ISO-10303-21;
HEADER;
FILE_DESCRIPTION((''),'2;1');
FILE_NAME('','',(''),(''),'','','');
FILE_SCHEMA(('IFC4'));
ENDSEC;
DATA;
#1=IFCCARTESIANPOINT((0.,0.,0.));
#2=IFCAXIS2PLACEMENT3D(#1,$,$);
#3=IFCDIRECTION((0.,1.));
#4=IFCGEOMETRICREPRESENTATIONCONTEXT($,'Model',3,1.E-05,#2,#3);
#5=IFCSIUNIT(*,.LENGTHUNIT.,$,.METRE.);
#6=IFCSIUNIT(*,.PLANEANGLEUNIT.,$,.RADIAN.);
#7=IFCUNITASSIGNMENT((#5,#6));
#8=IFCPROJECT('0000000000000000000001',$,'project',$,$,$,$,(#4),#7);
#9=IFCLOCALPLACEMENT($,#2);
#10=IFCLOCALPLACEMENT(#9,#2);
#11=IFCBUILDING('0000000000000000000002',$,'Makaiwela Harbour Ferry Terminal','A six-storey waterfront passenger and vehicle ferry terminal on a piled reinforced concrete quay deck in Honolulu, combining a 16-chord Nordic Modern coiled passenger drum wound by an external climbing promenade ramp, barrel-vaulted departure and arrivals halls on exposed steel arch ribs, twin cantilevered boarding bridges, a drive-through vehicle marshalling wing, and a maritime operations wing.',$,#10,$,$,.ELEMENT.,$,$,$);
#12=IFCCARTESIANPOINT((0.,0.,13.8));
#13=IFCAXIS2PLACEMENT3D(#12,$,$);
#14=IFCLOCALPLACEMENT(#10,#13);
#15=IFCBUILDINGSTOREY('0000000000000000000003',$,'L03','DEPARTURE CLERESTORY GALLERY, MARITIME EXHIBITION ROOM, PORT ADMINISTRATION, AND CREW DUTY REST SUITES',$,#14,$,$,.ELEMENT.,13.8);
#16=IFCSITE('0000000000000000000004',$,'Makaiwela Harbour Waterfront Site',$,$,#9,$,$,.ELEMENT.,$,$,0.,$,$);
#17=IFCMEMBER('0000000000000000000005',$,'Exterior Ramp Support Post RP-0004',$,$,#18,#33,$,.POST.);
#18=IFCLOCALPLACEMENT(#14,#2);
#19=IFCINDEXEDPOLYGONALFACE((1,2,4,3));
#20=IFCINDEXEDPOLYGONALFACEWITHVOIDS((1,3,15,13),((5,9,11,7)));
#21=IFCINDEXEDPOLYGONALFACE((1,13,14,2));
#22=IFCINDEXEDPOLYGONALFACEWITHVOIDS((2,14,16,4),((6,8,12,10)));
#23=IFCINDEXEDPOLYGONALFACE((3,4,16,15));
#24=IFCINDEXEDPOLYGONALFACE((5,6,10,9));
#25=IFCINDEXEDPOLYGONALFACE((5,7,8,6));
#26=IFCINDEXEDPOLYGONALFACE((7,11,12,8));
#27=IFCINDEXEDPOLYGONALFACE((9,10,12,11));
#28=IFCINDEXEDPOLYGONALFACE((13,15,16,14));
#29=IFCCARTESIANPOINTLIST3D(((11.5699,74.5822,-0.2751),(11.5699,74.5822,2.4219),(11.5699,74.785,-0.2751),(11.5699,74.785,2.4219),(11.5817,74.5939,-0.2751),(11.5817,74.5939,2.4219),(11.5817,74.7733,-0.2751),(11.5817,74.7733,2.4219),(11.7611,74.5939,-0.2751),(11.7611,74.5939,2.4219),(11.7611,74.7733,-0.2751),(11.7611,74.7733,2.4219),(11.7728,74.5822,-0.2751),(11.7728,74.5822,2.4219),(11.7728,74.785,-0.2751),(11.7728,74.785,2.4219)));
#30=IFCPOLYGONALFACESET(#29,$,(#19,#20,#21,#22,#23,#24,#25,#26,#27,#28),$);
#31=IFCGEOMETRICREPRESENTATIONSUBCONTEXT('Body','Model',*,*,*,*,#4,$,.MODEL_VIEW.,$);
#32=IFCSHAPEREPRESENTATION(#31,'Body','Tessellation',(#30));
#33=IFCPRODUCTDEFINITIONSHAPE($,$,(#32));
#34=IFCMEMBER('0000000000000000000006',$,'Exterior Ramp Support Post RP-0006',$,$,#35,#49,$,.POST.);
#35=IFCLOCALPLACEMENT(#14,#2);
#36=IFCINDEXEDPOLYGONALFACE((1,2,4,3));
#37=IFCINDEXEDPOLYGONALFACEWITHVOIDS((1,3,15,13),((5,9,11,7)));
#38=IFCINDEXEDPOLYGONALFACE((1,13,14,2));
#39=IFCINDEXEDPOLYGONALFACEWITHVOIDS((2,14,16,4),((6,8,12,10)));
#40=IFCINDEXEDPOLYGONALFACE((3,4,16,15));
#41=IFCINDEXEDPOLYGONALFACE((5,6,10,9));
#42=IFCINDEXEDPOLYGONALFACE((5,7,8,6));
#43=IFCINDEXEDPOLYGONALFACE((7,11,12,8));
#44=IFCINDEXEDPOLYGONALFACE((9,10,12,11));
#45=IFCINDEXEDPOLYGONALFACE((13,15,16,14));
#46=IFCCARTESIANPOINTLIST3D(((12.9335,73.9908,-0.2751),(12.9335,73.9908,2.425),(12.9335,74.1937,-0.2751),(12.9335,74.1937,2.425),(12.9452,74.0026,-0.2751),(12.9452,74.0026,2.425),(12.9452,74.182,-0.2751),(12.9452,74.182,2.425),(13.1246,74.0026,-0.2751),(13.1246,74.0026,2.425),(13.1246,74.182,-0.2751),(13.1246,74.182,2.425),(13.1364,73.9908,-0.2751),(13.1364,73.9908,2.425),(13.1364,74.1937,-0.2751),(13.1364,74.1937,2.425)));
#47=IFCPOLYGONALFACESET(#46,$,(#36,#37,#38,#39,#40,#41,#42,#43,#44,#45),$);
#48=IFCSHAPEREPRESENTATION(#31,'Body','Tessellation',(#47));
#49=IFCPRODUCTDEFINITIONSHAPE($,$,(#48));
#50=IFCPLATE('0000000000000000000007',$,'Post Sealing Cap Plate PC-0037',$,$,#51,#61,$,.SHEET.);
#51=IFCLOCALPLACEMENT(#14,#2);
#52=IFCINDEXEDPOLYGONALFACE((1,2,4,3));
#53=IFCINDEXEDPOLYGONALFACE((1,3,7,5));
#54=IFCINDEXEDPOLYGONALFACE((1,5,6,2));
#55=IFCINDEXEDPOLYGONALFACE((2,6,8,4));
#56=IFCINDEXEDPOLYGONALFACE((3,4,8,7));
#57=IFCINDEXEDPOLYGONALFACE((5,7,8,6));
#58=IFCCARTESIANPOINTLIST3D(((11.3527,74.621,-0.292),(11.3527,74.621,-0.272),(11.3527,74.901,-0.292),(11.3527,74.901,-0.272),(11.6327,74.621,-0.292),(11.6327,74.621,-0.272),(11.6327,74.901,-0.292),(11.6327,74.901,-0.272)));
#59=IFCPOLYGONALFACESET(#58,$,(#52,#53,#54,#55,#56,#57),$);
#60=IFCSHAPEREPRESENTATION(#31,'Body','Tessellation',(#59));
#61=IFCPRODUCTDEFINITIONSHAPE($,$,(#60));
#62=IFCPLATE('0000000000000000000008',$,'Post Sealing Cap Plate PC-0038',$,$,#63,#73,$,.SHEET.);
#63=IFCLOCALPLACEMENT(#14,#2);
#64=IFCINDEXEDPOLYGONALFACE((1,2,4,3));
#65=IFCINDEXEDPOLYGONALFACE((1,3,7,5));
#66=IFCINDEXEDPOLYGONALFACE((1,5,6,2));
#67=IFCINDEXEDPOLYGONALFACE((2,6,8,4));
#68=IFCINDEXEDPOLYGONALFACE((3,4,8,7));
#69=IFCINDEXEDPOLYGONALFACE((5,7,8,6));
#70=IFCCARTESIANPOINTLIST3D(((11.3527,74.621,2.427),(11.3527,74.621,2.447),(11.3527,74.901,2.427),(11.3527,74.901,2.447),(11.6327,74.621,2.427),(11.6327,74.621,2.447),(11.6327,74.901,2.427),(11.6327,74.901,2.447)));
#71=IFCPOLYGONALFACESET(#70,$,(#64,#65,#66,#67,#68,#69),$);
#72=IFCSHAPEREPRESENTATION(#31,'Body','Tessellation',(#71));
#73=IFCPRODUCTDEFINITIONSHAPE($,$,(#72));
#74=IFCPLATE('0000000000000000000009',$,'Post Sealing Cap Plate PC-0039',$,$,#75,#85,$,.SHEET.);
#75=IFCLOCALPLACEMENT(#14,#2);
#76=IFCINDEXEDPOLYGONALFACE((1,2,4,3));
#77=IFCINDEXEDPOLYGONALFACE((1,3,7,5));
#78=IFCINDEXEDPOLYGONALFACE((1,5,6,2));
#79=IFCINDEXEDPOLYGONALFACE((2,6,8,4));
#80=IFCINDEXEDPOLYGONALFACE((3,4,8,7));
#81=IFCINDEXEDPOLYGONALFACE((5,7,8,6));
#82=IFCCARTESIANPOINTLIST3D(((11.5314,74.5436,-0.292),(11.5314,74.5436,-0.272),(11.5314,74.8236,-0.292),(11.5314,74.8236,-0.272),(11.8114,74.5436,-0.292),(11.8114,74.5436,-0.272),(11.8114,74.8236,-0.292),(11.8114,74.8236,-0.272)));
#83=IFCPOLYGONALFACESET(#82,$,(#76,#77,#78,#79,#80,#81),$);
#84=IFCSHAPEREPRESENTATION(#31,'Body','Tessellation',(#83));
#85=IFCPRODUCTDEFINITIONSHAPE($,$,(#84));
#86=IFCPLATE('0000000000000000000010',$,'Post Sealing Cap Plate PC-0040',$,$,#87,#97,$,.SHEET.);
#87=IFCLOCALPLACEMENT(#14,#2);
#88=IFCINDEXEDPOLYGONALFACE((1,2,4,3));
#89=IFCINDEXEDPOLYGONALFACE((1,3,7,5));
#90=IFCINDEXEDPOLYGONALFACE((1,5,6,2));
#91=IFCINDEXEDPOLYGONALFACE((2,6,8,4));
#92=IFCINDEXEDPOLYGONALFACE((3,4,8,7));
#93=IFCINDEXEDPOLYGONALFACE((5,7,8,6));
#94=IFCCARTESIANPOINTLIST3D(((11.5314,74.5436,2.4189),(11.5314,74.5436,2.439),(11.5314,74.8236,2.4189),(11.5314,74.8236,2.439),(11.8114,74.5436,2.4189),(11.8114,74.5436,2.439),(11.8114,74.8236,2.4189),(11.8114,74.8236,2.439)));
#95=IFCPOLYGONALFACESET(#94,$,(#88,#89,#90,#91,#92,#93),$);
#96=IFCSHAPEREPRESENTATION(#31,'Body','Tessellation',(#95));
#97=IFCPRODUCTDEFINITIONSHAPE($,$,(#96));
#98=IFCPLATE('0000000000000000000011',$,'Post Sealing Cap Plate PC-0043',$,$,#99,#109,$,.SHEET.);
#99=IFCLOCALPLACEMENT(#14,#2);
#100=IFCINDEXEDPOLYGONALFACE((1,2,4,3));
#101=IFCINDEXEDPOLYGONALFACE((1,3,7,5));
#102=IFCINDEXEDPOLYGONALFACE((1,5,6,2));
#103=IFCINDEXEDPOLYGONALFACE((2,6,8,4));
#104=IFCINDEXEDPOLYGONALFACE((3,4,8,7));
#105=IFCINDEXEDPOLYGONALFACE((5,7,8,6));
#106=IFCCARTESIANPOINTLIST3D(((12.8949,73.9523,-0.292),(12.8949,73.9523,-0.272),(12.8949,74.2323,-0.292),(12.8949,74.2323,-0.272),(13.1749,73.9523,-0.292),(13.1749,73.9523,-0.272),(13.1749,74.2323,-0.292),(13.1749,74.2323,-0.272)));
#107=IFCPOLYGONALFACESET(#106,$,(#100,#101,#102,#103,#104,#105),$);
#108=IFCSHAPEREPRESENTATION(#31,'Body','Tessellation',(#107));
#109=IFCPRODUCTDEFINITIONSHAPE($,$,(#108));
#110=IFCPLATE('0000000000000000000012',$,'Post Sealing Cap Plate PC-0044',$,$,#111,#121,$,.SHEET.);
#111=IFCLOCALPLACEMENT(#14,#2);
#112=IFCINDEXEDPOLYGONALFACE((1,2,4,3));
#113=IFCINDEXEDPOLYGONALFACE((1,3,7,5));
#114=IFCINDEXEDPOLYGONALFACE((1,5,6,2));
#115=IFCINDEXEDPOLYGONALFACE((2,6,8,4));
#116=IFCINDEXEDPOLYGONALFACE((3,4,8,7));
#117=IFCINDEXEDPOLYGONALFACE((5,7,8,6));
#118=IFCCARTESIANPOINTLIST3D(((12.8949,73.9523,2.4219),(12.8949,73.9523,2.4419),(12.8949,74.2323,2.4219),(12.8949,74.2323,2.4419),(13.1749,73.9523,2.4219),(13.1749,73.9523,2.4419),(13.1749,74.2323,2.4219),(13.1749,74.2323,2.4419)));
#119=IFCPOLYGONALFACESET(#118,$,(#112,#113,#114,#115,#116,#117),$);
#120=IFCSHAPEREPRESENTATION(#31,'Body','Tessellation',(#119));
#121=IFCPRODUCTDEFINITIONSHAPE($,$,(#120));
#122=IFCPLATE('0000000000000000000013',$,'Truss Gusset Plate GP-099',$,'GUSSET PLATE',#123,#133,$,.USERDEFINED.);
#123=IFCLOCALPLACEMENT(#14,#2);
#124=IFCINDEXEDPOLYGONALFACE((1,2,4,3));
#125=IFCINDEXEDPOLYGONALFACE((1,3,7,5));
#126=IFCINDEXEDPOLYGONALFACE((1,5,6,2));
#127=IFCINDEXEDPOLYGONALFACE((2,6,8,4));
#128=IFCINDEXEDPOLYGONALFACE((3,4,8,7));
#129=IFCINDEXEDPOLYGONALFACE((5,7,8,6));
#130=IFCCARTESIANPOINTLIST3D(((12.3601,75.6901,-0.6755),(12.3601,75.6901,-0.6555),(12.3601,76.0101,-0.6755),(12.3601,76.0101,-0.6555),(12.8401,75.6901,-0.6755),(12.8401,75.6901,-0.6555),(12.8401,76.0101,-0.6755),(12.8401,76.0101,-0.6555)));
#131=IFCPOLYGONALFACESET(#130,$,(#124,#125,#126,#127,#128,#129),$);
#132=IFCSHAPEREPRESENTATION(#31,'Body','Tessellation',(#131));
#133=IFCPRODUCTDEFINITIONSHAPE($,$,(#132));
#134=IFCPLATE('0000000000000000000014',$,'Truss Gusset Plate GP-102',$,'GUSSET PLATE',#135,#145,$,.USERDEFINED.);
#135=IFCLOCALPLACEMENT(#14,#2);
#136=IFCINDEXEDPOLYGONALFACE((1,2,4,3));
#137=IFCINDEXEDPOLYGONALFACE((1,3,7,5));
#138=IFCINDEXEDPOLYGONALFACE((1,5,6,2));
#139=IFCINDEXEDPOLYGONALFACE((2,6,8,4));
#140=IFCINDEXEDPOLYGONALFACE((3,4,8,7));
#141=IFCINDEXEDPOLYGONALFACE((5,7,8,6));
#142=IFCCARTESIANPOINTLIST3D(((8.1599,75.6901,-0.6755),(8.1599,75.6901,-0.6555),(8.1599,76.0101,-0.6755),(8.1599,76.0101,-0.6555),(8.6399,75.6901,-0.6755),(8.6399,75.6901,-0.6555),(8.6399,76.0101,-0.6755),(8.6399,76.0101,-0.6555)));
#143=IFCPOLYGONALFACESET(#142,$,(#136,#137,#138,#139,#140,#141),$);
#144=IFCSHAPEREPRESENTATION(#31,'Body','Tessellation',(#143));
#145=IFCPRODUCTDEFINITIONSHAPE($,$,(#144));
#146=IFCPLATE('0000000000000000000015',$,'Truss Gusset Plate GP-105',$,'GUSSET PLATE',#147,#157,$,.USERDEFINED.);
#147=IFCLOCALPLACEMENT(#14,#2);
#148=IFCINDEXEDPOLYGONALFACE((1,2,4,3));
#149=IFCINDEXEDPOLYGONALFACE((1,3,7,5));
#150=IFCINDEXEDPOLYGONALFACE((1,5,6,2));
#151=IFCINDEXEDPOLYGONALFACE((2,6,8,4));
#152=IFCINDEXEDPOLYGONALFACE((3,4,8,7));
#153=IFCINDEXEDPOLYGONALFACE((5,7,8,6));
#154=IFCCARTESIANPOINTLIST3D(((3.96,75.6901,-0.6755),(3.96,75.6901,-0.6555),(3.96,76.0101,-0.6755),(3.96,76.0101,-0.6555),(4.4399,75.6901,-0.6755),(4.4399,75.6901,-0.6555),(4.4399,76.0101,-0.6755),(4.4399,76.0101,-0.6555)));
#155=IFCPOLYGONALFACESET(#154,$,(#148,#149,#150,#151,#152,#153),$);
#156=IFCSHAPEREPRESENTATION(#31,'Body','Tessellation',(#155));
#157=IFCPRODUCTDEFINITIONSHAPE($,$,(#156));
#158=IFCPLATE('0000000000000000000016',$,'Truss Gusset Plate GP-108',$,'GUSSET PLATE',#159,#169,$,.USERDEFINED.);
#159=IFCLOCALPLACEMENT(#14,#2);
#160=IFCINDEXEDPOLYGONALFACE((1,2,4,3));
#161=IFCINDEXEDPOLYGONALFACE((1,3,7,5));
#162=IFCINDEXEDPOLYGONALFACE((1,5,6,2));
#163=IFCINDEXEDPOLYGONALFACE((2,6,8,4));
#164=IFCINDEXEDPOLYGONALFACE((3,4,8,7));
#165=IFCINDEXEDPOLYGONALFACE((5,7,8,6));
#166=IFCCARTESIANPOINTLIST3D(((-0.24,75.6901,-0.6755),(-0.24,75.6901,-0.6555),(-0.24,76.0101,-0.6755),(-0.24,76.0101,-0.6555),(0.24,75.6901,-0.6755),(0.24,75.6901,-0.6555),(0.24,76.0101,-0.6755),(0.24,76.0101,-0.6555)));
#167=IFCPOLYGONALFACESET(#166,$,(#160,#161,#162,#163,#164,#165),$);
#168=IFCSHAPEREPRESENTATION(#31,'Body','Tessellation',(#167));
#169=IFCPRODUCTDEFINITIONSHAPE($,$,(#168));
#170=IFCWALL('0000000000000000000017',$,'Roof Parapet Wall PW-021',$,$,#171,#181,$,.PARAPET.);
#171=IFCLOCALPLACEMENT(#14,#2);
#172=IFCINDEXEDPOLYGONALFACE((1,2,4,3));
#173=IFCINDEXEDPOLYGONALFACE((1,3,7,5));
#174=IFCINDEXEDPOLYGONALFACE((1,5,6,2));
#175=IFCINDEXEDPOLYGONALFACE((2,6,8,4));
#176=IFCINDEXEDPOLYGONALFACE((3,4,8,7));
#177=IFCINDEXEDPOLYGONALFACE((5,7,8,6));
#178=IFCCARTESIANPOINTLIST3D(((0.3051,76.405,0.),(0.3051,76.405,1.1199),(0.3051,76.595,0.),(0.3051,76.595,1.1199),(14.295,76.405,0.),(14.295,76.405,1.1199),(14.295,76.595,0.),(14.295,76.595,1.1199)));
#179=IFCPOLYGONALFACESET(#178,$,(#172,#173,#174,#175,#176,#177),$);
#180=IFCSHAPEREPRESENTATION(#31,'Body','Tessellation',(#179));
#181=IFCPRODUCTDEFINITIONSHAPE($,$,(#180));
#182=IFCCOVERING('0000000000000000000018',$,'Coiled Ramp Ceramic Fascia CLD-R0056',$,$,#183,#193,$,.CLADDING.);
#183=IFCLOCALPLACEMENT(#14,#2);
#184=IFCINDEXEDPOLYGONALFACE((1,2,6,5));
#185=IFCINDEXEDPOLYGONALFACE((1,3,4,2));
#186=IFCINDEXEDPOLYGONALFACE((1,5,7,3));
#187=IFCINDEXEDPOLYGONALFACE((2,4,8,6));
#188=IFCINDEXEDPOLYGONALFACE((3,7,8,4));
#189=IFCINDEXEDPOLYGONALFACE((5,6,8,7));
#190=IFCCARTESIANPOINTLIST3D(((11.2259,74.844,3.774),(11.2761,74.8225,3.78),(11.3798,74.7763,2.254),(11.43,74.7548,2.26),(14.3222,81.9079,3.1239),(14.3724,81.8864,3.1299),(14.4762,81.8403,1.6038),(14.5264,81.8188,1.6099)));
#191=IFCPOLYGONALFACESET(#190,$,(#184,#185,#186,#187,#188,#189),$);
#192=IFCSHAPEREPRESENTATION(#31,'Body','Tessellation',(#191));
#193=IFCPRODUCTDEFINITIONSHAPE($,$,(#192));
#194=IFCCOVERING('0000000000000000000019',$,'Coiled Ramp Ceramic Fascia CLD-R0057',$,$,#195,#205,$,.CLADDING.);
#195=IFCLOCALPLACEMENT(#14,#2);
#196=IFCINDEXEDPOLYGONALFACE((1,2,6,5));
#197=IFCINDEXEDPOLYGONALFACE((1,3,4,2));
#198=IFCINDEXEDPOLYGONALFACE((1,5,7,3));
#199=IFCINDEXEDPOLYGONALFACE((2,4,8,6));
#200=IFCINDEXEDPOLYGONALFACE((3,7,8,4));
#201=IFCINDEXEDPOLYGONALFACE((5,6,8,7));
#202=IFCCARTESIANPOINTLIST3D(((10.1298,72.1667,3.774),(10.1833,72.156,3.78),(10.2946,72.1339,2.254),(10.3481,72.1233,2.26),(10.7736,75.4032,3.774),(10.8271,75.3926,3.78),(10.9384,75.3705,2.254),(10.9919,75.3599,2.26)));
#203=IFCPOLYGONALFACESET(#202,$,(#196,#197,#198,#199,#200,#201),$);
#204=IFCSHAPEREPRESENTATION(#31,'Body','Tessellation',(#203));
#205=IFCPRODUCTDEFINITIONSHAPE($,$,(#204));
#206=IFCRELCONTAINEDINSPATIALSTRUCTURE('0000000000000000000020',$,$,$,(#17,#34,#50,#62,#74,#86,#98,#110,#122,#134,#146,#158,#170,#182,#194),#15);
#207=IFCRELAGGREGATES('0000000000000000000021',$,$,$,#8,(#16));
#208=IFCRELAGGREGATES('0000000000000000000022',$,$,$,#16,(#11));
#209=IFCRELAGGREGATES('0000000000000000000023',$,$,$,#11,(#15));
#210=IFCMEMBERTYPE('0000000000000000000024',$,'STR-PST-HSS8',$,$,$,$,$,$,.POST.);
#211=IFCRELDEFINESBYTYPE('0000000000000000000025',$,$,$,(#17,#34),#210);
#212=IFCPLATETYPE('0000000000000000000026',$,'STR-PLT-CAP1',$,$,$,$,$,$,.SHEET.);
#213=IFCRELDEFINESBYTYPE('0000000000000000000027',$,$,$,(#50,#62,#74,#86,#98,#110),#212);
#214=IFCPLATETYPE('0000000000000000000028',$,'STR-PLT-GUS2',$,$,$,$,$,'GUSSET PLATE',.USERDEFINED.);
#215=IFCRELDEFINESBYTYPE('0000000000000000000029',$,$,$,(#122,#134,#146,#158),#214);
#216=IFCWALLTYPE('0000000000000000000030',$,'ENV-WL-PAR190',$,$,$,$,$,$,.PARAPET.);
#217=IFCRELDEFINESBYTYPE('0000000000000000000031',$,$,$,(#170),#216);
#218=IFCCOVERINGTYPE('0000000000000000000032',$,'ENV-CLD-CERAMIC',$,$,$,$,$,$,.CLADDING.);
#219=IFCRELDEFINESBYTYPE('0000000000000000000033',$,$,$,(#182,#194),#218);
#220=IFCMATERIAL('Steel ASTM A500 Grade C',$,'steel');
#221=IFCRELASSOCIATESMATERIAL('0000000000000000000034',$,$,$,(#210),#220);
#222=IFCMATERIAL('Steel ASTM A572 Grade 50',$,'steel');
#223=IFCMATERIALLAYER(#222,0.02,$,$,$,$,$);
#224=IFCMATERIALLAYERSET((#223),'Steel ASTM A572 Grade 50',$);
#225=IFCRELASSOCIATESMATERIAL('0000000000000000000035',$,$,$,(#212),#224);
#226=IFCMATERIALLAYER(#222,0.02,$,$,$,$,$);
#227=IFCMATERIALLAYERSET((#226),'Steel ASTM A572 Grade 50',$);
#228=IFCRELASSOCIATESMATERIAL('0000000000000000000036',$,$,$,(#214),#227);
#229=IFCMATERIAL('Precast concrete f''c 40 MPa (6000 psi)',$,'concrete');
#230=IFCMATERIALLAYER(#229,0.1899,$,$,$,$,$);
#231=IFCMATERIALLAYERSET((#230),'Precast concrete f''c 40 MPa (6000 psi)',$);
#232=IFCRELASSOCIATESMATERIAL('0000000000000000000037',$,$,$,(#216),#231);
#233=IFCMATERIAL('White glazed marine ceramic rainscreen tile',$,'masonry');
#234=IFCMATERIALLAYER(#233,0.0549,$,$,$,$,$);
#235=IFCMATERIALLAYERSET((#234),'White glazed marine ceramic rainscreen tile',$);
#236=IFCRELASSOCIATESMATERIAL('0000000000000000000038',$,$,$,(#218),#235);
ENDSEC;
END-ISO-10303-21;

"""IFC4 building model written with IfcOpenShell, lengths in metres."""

from ifc_helpers import new_model, si_unit, direction, frame, frame_2d, origin, origin_2d, place, context, subcontext, project, spatial, polyline, rectangle, hollow_rectangle, outline, extrude, material, layer, layer_set, material_profile, profile_set, type_object, element, save


model = new_model("IFC4")

# Units and contexts
model_context = context("Model", 3, precision=1e-05, world=origin(), true_north=direction((0.0, 1.0)))
body_context = subcontext(model_context, "Body", "Model", "MODEL_VIEW")
ifc_project = project(units=[si_unit("LENGTHUNIT", "METRE"), si_unit("PLANEANGLEUNIT", "RADIAN")], contexts=[model_context])

# Site, building, storey
site_placement = place(None, origin())
site = spatial("IfcSite", under=ifc_project, at=site_placement, Name="Makaiwela Harbour Waterfront Site", CompositionType="ELEMENT", RefElevation=0.0)
building_placement = place(site_placement, origin())
building = spatial("IfcBuilding", under=site, at=building_placement, Name="Makaiwela Harbour Ferry Terminal", Description="A six-storey waterfront passenger and vehicle ferry terminal on a piled reinforced concrete quay deck in Honolulu, combining a 16-chord Nordic Modern coiled passenger drum wound by an external climbing promenade ramp, barrel-vaulted departure and arrivals halls on exposed steel arch ribs, twin cantilevered boarding bridges, a drive-through vehicle marshalling wing, and a maritime operations wing.", CompositionType="ELEMENT")
storey_placement = place(building_placement, frame((0.0, 0.0, 13.8)))
storey = spatial("IfcBuildingStorey", under=building, at=storey_placement, Name="L03", Description="DEPARTURE CLERESTORY GALLERY, MARITIME EXHIBITION ROOM, PORT ADMINISTRATION, AND CREW DUTY REST SUITES", CompositionType="ELEMENT", Elevation=13.8)

# Members
ifc_material_1 = material(Name="Steel ASTM A500 Grade C", Category="steel")
ifc_material_profile_1 = material_profile(ifc_material_1, hollow_rectangle(XDim=0.2029, YDim=0.2029, WallThickness=0.0117, at=origin_2d()), Name="HSS8X8X1/2")
ifc_profile_set_1 = profile_set([ifc_material_profile_1], Name="Steel ASTM A500 Grade C")
member_type_1 = type_object("IfcMemberType", Name="STR-PST-HSS8", PredefinedType="POST", material=ifc_profile_set_1)
member_1_placement = place(storey_placement, frame((11.6714, 74.6836, -0.2751), z_axis=(0.0, 0.0, 1.0), x_axis=(1.0, 0.0, 0.0)))
element("IfcMember", 1, at=member_1_placement, inside=storey, type_object=member_type_1, Name="Exterior Ramp Support Post RP-0004", PredefinedType="POST", context=body_context, shape_type="SweptSolid", body=[
    extrude(hollow_rectangle(XDim=0.2029, YDim=0.2029, WallThickness=0.0117, at=origin_2d()), origin(), (0.0, 0.0, 1.0), 2.697),
])
member_2_placement = place(storey_placement, frame((13.0349, 74.0923, -0.2751), z_axis=(0.0, 0.0, 1.0), x_axis=(1.0, 0.0, 0.0)))
element("IfcMember", 2, at=member_2_placement, inside=storey, type_object=member_type_1, Name="Exterior Ramp Support Post RP-0006", PredefinedType="POST", context=body_context, shape_type="SweptSolid", body=[
    extrude(hollow_rectangle(XDim=0.2029, YDim=0.2029, WallThickness=0.0117, at=origin_2d()), origin(), (0.0, 0.0, 1.0), 2.7002),
])

# Plates
ifc_material_2 = material(Name="Steel ASTM A572 Grade 50", Category="steel")
ifc_layer_1 = layer(ifc_material_2, 0.02)
ifc_layer_set_1 = layer_set([ifc_layer_1], Name="Steel ASTM A572 Grade 50")
plate_type_1 = type_object("IfcPlateType", Name="STR-PLT-CAP1", PredefinedType="SHEET", material=ifc_layer_set_1)
for number, where, z_axis, x_axis, name in (
    (3, (11.4927, 74.761, -0.292), (0.0, 0.0, 1.0), (1.0, 0.0, 0.0), "Post Sealing Cap Plate PC-0037"),
    (4, (11.4927, 74.761, 2.427), (0.0, 0.0, 1.0), (1.0, 0.0, 0.0), "Post Sealing Cap Plate PC-0038"),
    (5, (11.6714, 74.6836, -0.292), (0.0, 0.0, 1.0), (1.0, 0.0, 0.0), "Post Sealing Cap Plate PC-0039"),
    (6, (11.6714, 74.6836, 2.4189), (0.0, 0.0, 1.0), (1.0, 0.0, 0.0), "Post Sealing Cap Plate PC-0040"),
    (7, (13.0349, 74.0923, -0.292), (0.0, 0.0, 1.0), (1.0, 0.0, 0.0), "Post Sealing Cap Plate PC-0043"),
    (8, (13.0349, 74.0923, 2.4219), (0.0, 0.0, 1.0), (1.0, 0.0, 0.0), "Post Sealing Cap Plate PC-0044"),
):
    element("IfcPlate", number, at=place(storey_placement, frame(where, z_axis=z_axis, x_axis=x_axis)), inside=storey, type_object=plate_type_1, Name=name, PredefinedType="SHEET", context=body_context, shape_type="SweptSolid", body=[
        extrude(rectangle(XDim=0.28, YDim=0.28, at=origin_2d()), origin(), (0.0, 0.0, 1.0), 0.02),
    ])
ifc_layer_2 = layer(ifc_material_2, 0.02)
ifc_layer_set_2 = layer_set([ifc_layer_2], Name="Steel ASTM A572 Grade 50")
plate_type_2 = type_object("IfcPlateType", Name="STR-PLT-GUS2", ElementType="GUSSET PLATE", PredefinedType="USERDEFINED", material=ifc_layer_set_2)
for number, where, z_axis, x_axis, name in (
    (9, (12.6001, 75.8501, -0.6755), (0.0, 0.0, 1.0), (1.0, 0.0, 0.0), "Truss Gusset Plate GP-099"),
    (10, (8.3999, 75.8501, -0.6755), (0.0, 0.0, 1.0), (1.0, 0.0, 0.0), "Truss Gusset Plate GP-102"),
    (11, (4.2, 75.8501, -0.6755), (0.0, 0.0, 1.0), (1.0, 0.0, 0.0), "Truss Gusset Plate GP-105"),
    (12, (0.0, 75.8501, -0.6755), (0.0, 0.0, 1.0), (1.0, 0.0, 0.0), "Truss Gusset Plate GP-108"),
):
    element("IfcPlate", number, at=place(storey_placement, frame(where, z_axis=z_axis, x_axis=x_axis)), inside=storey, type_object=plate_type_2, Name=name, ObjectType="GUSSET PLATE", PredefinedType="USERDEFINED", context=body_context, shape_type="SweptSolid", body=[
        extrude(rectangle(XDim=0.48, YDim=0.3201, at=origin_2d()), origin(), (0.0, 0.0, 1.0), 0.02),
    ])

# Wall
ifc_material_3 = material(Name="Precast concrete f'c 40 MPa (6000 psi)", Category="concrete")
ifc_layer_3 = layer(ifc_material_3, 0.1899)
ifc_layer_set_3 = layer_set([ifc_layer_3], Name="Precast concrete f'c 40 MPa (6000 psi)")
wall_type = type_object("IfcWallType", Name="ENV-WL-PAR190", PredefinedType="PARAPET", material=ifc_layer_set_3)
wall_placement = place(storey_placement, frame((0.3049, 76.5, 0.0), z_axis=(0.0, 0.0, 1.0), x_axis=(1.0, 0.0, 0.0)))
element("IfcWall", 13, at=wall_placement, inside=storey, type_object=wall_type, Name="Roof Parapet Wall PW-021", PredefinedType="PARAPET", context=body_context, shape_type="SweptSolid", body=[
    extrude(rectangle(XDim=13.99, YDim=0.1899, at=frame_2d((6.9951, 0.0))), origin(), (0.0, 0.0, 1.0), 1.1199),
])

# Coverings
ifc_material_4 = material(Name="White glazed marine ceramic rainscreen tile", Category="masonry")
ifc_layer_4 = layer(ifc_material_4, 0.0549)
ifc_layer_set_4 = layer_set([ifc_layer_4], Name="White glazed marine ceramic rainscreen tile")
covering_type = type_object("IfcCoveringType", Name="ENV-CLD-CERAMIC", PredefinedType="CLADDING", material=ifc_layer_set_4)
covering_1_placement = place(storey_placement, frame((14.5264, 81.8188, 1.6099), z_axis=(0.914009, -0.390515, 0.109935), x_axis=(-0.400034, -0.912643, 0.083998)))
element("IfcCovering", 14, at=covering_1_placement, inside=storey, type_object=covering_type, Name="Coiled Ramp Ceramic Fascia CLD-R0056", PredefinedType="CLADDING", context=body_context, shape_type="SweptSolid", body=[
    extrude(outline(polyline([(0.0, 0.0), (7.7402, 0.0), (7.8677, -1.524), (0.1276, -1.524), (0.0, 0.0)])), origin(), (0.0, 0.0, -1.0), 0.0549),
])
covering_2_placement = place(storey_placement, frame((10.9919, 75.3599, 2.26), z_axis=(0.974848, -0.193911, 0.109863), x_axis=(-0.195092, -0.980785, 0.0)))
element("IfcCovering", 15, at=covering_2_placement, inside=storey, type_object=covering_type, Name="Coiled Ramp Ceramic Fascia CLD-R0057", PredefinedType="CLADDING", context=body_context, shape_type="SweptSolid", body=[
    extrude(outline(polyline([(0.0, 0.0), (3.3, 0.0), (3.3, -1.5293), (0.0001, -1.5293), (0.0, 0.0)])), origin(), (0.0, 0.0, -1.0), 0.0549),
])

save(model, "model.ifc")
